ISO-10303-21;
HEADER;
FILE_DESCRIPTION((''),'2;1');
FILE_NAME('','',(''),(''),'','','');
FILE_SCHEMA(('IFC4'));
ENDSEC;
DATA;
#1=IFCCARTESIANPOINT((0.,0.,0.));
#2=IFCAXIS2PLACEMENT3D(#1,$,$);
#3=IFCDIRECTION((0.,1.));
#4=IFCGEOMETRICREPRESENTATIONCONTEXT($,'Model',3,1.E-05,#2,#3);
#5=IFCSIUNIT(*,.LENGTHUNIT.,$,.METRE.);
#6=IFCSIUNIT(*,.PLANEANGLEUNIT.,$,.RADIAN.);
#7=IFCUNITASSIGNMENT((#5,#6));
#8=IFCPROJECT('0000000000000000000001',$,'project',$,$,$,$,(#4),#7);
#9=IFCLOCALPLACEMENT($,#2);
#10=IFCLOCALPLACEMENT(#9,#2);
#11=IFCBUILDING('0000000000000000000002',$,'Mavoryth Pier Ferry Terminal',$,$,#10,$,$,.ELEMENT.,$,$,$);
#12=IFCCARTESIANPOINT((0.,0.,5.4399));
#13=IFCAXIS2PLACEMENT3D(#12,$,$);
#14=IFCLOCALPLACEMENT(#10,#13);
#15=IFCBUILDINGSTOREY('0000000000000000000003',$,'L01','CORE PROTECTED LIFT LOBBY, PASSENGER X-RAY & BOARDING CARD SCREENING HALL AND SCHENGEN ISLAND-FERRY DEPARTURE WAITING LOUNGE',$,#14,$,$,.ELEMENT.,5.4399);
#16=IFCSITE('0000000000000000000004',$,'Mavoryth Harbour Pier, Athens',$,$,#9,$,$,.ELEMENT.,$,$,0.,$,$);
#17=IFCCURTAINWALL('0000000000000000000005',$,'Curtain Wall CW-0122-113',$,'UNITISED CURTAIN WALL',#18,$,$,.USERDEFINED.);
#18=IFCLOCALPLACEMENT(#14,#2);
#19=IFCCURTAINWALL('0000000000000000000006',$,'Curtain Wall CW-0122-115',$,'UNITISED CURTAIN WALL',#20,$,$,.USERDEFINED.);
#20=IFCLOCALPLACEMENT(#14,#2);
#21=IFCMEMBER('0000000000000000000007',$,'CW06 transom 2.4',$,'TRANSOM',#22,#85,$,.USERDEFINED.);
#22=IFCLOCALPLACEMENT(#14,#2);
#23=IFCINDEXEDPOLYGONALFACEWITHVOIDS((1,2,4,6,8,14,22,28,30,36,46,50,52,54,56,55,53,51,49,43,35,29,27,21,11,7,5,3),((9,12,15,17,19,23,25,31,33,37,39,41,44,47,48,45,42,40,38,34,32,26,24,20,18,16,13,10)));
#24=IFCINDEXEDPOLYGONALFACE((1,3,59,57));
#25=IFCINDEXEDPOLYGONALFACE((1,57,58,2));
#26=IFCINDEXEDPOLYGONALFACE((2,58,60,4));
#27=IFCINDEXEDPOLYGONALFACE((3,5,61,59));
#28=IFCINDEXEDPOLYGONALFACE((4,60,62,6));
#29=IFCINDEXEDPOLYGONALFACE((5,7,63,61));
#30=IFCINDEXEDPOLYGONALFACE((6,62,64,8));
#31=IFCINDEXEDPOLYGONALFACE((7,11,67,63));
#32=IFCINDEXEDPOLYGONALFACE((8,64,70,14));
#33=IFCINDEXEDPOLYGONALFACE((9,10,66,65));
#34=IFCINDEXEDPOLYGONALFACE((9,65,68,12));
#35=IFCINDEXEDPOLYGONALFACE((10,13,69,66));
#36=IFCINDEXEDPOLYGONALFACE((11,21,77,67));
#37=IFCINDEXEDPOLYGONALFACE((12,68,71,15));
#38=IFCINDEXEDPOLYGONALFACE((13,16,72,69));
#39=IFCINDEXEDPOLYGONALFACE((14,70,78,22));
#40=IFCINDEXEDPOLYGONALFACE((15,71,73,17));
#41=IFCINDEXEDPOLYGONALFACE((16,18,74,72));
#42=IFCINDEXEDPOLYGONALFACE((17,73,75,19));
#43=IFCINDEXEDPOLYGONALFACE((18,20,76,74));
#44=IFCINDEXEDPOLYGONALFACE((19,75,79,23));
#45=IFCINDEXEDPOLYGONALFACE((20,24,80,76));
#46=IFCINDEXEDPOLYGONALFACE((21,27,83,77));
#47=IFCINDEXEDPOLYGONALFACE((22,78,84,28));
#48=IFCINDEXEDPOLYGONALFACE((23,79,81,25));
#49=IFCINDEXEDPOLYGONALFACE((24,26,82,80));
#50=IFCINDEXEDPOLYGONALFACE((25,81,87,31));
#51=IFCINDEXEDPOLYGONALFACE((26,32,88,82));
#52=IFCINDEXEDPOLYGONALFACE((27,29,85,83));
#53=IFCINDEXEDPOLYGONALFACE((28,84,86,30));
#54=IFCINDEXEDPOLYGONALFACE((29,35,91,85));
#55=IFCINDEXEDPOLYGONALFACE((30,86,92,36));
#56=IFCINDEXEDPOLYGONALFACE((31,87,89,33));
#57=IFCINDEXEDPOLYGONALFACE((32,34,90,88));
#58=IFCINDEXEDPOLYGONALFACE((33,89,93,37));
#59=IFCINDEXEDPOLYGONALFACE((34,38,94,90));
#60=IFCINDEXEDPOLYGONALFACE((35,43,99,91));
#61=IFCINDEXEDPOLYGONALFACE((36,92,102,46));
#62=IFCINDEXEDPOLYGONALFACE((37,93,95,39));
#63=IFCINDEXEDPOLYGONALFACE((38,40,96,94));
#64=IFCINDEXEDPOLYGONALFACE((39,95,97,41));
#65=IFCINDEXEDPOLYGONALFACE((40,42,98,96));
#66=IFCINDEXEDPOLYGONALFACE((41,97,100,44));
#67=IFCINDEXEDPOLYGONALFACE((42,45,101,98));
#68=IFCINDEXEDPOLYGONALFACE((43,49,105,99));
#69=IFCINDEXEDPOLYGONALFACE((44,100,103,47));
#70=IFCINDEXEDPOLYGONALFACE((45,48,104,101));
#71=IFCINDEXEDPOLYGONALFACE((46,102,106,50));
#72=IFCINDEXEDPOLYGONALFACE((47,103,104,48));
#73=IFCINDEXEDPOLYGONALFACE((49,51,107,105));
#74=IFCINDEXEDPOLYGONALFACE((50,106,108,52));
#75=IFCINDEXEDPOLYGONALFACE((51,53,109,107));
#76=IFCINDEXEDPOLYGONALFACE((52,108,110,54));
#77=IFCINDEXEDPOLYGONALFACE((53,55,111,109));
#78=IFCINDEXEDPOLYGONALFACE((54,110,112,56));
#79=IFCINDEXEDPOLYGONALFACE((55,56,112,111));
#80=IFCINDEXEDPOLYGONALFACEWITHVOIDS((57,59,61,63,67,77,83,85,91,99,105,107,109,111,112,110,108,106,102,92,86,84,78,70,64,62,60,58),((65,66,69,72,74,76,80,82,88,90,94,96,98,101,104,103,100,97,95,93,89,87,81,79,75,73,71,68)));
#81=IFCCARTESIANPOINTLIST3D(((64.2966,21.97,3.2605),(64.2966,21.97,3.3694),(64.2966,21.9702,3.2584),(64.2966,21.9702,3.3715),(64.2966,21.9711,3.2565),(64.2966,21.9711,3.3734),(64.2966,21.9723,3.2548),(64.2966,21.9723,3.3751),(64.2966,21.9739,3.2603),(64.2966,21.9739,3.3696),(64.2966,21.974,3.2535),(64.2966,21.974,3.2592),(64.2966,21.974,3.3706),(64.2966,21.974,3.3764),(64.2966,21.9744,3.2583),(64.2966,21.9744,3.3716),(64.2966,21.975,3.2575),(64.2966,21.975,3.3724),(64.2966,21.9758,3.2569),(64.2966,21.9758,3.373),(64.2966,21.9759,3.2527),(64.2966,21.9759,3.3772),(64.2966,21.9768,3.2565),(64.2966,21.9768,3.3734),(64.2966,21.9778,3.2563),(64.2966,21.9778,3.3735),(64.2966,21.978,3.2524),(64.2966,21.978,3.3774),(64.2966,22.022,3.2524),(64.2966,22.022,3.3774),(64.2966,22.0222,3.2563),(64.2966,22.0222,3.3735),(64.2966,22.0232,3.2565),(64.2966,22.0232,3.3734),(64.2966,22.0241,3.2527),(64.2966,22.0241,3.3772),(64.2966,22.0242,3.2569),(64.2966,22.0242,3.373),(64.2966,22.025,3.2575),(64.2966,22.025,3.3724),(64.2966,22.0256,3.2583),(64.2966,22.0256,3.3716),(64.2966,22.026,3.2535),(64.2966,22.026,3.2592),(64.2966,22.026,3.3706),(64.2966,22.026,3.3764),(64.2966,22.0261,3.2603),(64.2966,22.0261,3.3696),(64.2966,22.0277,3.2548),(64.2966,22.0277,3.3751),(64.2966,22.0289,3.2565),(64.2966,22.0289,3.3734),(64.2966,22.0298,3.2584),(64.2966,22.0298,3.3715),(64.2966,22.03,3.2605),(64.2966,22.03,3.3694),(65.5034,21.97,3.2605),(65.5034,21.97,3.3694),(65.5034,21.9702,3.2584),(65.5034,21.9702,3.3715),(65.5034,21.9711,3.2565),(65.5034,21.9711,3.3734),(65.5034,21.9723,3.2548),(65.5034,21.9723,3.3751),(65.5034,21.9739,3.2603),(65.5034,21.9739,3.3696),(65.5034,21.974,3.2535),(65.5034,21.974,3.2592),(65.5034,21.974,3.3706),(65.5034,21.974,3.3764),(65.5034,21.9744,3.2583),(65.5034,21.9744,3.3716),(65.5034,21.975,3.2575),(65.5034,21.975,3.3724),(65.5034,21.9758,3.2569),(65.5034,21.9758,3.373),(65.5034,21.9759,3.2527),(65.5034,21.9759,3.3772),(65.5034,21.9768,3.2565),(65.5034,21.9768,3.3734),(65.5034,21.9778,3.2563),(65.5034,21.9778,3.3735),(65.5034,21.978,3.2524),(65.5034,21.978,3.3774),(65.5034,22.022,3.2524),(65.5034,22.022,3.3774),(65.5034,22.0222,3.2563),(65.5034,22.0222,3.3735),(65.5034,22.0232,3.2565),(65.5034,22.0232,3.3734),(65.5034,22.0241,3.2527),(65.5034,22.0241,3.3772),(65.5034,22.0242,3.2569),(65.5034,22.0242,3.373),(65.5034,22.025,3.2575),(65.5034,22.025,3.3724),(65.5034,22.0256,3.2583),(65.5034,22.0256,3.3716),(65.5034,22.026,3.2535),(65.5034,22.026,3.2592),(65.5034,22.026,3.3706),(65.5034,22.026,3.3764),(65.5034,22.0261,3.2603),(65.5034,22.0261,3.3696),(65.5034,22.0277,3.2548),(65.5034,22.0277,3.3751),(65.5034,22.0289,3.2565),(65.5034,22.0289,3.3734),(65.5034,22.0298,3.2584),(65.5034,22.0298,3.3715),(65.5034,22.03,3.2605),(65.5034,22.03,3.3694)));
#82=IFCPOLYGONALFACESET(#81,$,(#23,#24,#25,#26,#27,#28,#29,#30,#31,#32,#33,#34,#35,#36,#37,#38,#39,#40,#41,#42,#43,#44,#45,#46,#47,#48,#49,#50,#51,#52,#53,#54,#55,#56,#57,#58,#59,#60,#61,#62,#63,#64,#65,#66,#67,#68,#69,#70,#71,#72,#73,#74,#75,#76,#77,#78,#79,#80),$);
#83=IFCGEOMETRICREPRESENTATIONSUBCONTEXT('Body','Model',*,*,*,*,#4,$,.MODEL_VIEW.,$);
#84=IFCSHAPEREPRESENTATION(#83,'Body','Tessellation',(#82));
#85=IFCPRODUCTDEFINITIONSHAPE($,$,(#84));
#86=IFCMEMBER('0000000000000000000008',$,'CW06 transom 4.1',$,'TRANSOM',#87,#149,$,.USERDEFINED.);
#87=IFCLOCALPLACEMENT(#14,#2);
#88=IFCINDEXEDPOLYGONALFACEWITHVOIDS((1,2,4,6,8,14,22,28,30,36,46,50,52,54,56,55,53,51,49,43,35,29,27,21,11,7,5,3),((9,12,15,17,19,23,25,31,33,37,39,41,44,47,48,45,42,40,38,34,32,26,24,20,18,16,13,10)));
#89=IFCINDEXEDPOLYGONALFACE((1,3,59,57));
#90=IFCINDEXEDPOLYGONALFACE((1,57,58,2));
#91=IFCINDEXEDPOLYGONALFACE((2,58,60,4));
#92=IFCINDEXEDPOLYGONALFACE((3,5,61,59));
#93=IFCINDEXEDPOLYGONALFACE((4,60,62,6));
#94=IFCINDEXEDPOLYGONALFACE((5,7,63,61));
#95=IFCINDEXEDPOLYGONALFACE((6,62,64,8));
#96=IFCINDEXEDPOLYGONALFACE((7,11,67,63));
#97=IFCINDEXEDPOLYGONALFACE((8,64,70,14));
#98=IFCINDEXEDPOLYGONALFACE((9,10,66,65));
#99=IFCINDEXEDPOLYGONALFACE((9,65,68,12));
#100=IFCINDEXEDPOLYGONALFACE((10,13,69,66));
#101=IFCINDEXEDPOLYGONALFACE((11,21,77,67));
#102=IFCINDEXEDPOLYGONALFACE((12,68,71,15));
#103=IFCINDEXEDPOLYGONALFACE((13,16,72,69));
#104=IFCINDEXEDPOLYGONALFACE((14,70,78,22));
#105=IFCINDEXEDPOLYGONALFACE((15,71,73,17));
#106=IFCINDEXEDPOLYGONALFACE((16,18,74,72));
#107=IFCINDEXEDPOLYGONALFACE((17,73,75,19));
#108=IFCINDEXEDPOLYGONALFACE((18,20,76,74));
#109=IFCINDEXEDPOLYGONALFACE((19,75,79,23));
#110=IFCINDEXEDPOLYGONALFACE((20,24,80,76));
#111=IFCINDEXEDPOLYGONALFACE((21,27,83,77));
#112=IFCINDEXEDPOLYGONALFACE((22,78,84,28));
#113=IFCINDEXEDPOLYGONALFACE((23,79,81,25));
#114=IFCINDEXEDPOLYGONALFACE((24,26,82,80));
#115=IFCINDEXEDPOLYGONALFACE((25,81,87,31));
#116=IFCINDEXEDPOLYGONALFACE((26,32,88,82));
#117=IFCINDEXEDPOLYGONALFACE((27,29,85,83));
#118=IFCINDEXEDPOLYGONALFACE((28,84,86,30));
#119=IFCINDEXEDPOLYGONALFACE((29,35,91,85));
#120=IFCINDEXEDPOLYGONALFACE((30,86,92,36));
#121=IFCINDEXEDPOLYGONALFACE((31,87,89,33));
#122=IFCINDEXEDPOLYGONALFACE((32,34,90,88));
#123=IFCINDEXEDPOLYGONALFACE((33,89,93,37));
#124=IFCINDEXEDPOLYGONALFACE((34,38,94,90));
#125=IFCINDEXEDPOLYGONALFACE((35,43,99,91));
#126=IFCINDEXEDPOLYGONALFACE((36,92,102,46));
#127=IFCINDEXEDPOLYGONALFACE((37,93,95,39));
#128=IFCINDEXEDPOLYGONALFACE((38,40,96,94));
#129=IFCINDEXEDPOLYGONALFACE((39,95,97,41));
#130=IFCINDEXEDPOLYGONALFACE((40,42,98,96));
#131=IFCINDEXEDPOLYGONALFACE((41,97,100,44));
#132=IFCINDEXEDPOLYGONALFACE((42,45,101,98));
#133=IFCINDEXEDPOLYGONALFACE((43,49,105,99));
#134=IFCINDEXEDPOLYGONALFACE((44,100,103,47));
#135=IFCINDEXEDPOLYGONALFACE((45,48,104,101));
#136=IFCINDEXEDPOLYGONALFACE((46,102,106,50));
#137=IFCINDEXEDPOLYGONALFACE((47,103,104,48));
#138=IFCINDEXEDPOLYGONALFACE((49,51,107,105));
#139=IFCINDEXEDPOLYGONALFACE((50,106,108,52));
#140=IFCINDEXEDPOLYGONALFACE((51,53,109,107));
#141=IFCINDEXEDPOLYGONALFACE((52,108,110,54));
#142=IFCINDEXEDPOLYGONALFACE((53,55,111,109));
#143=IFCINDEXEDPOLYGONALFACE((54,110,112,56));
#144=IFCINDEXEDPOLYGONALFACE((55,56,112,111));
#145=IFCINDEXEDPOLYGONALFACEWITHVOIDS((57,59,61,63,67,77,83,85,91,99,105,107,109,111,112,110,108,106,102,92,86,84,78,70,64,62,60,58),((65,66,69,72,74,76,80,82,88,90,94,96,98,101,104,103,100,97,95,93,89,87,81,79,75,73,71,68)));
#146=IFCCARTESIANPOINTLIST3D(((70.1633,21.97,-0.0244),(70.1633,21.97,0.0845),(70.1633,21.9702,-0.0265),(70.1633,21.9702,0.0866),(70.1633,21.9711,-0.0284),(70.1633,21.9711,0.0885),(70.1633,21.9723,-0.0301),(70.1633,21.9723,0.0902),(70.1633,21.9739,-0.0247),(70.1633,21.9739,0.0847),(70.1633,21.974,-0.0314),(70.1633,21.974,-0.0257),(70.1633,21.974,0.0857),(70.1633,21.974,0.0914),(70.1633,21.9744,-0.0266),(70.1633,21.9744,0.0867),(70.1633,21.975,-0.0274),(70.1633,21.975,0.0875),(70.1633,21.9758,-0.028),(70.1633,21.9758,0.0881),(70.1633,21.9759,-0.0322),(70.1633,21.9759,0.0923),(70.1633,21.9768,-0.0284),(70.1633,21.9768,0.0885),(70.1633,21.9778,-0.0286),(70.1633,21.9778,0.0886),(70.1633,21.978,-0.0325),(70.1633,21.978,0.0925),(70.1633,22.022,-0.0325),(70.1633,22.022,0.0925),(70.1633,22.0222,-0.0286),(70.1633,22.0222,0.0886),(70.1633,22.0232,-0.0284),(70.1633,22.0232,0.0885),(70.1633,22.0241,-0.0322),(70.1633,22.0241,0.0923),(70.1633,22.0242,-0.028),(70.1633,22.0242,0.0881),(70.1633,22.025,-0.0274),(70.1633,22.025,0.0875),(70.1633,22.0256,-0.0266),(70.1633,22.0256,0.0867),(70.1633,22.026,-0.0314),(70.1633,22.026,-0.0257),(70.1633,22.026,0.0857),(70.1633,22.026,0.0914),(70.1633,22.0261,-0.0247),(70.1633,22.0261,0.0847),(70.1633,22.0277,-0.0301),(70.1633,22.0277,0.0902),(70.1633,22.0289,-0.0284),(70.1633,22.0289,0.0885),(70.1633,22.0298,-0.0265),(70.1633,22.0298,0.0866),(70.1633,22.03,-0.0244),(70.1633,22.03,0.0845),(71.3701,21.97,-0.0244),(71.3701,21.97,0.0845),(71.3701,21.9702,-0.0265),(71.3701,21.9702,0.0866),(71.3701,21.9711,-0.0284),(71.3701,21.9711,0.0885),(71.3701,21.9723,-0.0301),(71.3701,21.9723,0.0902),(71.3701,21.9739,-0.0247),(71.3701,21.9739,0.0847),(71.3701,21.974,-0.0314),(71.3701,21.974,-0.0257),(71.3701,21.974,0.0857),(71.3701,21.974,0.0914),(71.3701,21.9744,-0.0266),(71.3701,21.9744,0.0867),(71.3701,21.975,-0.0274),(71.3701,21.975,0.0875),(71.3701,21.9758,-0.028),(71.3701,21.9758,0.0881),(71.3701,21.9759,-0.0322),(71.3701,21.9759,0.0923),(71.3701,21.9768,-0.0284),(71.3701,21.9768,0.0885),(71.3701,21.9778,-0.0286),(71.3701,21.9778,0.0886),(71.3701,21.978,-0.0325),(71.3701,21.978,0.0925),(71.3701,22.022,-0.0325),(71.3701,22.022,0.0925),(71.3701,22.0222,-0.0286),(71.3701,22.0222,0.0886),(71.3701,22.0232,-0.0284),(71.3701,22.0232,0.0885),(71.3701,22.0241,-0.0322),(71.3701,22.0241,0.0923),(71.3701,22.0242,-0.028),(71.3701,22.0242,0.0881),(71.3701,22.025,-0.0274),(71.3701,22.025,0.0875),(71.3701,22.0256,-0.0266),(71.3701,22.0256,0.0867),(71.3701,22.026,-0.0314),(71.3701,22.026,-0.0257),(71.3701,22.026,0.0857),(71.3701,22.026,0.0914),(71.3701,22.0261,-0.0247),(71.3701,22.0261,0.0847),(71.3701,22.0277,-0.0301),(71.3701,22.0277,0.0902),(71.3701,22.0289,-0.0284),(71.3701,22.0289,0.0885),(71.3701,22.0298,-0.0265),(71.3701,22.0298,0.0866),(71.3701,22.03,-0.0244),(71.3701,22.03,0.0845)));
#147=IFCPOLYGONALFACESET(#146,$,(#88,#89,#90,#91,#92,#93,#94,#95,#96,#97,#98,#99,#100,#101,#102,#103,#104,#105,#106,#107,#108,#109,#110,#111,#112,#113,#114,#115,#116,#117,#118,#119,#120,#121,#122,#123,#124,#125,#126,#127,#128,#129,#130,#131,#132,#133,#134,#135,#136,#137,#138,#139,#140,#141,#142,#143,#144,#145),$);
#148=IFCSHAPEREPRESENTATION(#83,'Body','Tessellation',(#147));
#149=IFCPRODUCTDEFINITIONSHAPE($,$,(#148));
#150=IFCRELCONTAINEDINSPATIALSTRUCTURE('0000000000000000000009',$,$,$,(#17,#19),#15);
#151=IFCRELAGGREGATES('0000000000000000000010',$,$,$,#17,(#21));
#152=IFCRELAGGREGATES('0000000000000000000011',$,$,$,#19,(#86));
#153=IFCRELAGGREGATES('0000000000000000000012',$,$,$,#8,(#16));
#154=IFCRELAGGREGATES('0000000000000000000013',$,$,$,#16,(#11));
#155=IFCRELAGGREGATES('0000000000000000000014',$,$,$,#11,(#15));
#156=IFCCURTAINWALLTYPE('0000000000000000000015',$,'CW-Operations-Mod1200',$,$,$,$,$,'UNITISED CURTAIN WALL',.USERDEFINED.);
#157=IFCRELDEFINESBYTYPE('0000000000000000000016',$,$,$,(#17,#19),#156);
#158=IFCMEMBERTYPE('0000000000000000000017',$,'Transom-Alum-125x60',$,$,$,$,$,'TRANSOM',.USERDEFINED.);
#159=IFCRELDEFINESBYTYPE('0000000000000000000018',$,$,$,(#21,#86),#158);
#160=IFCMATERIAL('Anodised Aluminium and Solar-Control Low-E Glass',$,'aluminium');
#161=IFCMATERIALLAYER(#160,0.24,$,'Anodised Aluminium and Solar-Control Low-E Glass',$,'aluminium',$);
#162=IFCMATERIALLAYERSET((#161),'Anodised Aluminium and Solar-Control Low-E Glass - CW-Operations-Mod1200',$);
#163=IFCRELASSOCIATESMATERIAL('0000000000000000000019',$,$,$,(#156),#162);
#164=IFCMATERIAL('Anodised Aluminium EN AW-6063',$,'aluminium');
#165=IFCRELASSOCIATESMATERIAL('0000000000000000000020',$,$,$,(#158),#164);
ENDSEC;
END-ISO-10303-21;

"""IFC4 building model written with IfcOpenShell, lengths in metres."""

from ifc_helpers import new_model, si_unit, direction, frame, origin, origin_2d, place, context, subcontext, project, spatial, hollow_rectangle, extrude, material, layer, layer_set, material_profile, profile_set, type_object, element, aggregate, save


model = new_model("IFC4")

# Units and contexts
model_context = context("Model", 3, precision=1e-05, world=origin(), true_north=direction((0.0, 1.0)))
body_context = subcontext(model_context, "Body", "Model", "MODEL_VIEW")
ifc_project = project(units=[si_unit("LENGTHUNIT", "METRE"), si_unit("PLANEANGLEUNIT", "RADIAN")], contexts=[model_context])

# Site, building, storey
site_placement = place(None, origin())
site = spatial("IfcSite", under=ifc_project, at=site_placement, Name="Mavoryth Harbour Pier, Athens", CompositionType="ELEMENT", RefElevation=0.0)
building_placement = place(site_placement, origin())
building = spatial("IfcBuilding", under=site, at=building_placement, Name="Mavoryth Pier Ferry Terminal", CompositionType="ELEMENT")
storey_placement = place(building_placement, frame((0.0, 0.0, 5.4399)))
storey = spatial("IfcBuildingStorey", under=building, at=storey_placement, Name="L01", Description="CORE PROTECTED LIFT LOBBY, PASSENGER X-RAY & BOARDING CARD SCREENING HALL AND SCHENGEN ISLAND-FERRY DEPARTURE WAITING LOUNGE", CompositionType="ELEMENT", Elevation=5.4399)

# Curtain walls
ifc_material_1 = material(Name="Anodised Aluminium and Solar-Control Low-E Glass", Category="aluminium")
ifc_layer_1 = layer(ifc_material_1, 0.24, Name="Anodised Aluminium and Solar-Control Low-E Glass", Category="aluminium")
ifc_layer_set_1 = layer_set([ifc_layer_1], Name="Anodised Aluminium and Solar-Control Low-E Glass - CW-Operations-Mod1200")
curtain_wall_type = type_object("IfcCurtainWallType", Name="CW-Operations-Mod1200", ElementType="UNITISED CURTAIN WALL", PredefinedType="USERDEFINED", material=ifc_layer_set_1)
curtain_wall_1_placement = place(storey_placement, origin())
curtain_wall_1 = element("IfcCurtainWall", 1, at=curtain_wall_1_placement, inside=storey, type_object=curtain_wall_type, Name="Curtain Wall CW-0122-113", ObjectType="UNITISED CURTAIN WALL", PredefinedType="USERDEFINED")
ifc_material_2 = material(Name="Anodised Aluminium EN AW-6063", Category="aluminium")
curtain_wall_2_placement = place(storey_placement, origin())
curtain_wall_2 = element("IfcCurtainWall", 2, at=curtain_wall_2_placement, inside=storey, type_object=curtain_wall_type, Name="Curtain Wall CW-0122-115", ObjectType="UNITISED CURTAIN WALL", PredefinedType="USERDEFINED")

# Members
ifc_material_profile_1 = material_profile(ifc_material_2, hollow_rectangle(XDim=0.0601, YDim=0.125, WallThickness=0.0039, InnerFilletRadius=0.0039, OuterFilletRadius=0.0081, at=origin_2d()), Name="AL-TRAN 125x60x4", Category="aluminium")
ifc_profile_set_1 = profile_set([ifc_material_profile_1], Name="Anodised Aluminium EN AW-6063 - AL-TRAN 125x60x4")
member_type_1 = type_object("IfcMemberType", Name="Transom-Alum-125x60", ElementType="TRANSOM", PredefinedType="USERDEFINED", material=ifc_profile_set_1)
member_1_placement = place(storey_placement, frame((65.5034, 22.0, 3.3149), z_axis=(-1.0, 0.0, 0.0), x_axis=(0.0, -1.0, 0.0)))
member_1 = element("IfcMember", 3, at=member_1_placement, type_object=member_type_1, Name="CW06 transom 2.4", ObjectType="TRANSOM", PredefinedType="USERDEFINED", context=body_context, shape_type="SweptSolid", body=[
    extrude(hollow_rectangle(XDim=0.0601, YDim=0.125, WallThickness=0.0039, InnerFilletRadius=0.0039, OuterFilletRadius=0.0081, at=origin_2d()), origin(), (0.0, 0.0, 1.0), 1.2068),
])
member_2_placement = place(storey_placement, frame((71.3701, 22.0, 0.03), z_axis=(-1.0, 0.0, 0.0), x_axis=(0.0, -1.0, 0.0)))
member_2 = element("IfcMember", 4, at=member_2_placement, type_object=member_type_1, Name="CW06 transom 4.1", ObjectType="TRANSOM", PredefinedType="USERDEFINED", context=body_context, shape_type="SweptSolid", body=[
    extrude(hollow_rectangle(XDim=0.0601, YDim=0.125, WallThickness=0.0039, InnerFilletRadius=0.0039, OuterFilletRadius=0.0081, at=origin_2d()), origin(), (0.0, 0.0, 1.0), 1.2068),
])

aggregate(curtain_wall_1, [member_1])
aggregate(curtain_wall_2, [member_2])

save(model, "model.ifc")
